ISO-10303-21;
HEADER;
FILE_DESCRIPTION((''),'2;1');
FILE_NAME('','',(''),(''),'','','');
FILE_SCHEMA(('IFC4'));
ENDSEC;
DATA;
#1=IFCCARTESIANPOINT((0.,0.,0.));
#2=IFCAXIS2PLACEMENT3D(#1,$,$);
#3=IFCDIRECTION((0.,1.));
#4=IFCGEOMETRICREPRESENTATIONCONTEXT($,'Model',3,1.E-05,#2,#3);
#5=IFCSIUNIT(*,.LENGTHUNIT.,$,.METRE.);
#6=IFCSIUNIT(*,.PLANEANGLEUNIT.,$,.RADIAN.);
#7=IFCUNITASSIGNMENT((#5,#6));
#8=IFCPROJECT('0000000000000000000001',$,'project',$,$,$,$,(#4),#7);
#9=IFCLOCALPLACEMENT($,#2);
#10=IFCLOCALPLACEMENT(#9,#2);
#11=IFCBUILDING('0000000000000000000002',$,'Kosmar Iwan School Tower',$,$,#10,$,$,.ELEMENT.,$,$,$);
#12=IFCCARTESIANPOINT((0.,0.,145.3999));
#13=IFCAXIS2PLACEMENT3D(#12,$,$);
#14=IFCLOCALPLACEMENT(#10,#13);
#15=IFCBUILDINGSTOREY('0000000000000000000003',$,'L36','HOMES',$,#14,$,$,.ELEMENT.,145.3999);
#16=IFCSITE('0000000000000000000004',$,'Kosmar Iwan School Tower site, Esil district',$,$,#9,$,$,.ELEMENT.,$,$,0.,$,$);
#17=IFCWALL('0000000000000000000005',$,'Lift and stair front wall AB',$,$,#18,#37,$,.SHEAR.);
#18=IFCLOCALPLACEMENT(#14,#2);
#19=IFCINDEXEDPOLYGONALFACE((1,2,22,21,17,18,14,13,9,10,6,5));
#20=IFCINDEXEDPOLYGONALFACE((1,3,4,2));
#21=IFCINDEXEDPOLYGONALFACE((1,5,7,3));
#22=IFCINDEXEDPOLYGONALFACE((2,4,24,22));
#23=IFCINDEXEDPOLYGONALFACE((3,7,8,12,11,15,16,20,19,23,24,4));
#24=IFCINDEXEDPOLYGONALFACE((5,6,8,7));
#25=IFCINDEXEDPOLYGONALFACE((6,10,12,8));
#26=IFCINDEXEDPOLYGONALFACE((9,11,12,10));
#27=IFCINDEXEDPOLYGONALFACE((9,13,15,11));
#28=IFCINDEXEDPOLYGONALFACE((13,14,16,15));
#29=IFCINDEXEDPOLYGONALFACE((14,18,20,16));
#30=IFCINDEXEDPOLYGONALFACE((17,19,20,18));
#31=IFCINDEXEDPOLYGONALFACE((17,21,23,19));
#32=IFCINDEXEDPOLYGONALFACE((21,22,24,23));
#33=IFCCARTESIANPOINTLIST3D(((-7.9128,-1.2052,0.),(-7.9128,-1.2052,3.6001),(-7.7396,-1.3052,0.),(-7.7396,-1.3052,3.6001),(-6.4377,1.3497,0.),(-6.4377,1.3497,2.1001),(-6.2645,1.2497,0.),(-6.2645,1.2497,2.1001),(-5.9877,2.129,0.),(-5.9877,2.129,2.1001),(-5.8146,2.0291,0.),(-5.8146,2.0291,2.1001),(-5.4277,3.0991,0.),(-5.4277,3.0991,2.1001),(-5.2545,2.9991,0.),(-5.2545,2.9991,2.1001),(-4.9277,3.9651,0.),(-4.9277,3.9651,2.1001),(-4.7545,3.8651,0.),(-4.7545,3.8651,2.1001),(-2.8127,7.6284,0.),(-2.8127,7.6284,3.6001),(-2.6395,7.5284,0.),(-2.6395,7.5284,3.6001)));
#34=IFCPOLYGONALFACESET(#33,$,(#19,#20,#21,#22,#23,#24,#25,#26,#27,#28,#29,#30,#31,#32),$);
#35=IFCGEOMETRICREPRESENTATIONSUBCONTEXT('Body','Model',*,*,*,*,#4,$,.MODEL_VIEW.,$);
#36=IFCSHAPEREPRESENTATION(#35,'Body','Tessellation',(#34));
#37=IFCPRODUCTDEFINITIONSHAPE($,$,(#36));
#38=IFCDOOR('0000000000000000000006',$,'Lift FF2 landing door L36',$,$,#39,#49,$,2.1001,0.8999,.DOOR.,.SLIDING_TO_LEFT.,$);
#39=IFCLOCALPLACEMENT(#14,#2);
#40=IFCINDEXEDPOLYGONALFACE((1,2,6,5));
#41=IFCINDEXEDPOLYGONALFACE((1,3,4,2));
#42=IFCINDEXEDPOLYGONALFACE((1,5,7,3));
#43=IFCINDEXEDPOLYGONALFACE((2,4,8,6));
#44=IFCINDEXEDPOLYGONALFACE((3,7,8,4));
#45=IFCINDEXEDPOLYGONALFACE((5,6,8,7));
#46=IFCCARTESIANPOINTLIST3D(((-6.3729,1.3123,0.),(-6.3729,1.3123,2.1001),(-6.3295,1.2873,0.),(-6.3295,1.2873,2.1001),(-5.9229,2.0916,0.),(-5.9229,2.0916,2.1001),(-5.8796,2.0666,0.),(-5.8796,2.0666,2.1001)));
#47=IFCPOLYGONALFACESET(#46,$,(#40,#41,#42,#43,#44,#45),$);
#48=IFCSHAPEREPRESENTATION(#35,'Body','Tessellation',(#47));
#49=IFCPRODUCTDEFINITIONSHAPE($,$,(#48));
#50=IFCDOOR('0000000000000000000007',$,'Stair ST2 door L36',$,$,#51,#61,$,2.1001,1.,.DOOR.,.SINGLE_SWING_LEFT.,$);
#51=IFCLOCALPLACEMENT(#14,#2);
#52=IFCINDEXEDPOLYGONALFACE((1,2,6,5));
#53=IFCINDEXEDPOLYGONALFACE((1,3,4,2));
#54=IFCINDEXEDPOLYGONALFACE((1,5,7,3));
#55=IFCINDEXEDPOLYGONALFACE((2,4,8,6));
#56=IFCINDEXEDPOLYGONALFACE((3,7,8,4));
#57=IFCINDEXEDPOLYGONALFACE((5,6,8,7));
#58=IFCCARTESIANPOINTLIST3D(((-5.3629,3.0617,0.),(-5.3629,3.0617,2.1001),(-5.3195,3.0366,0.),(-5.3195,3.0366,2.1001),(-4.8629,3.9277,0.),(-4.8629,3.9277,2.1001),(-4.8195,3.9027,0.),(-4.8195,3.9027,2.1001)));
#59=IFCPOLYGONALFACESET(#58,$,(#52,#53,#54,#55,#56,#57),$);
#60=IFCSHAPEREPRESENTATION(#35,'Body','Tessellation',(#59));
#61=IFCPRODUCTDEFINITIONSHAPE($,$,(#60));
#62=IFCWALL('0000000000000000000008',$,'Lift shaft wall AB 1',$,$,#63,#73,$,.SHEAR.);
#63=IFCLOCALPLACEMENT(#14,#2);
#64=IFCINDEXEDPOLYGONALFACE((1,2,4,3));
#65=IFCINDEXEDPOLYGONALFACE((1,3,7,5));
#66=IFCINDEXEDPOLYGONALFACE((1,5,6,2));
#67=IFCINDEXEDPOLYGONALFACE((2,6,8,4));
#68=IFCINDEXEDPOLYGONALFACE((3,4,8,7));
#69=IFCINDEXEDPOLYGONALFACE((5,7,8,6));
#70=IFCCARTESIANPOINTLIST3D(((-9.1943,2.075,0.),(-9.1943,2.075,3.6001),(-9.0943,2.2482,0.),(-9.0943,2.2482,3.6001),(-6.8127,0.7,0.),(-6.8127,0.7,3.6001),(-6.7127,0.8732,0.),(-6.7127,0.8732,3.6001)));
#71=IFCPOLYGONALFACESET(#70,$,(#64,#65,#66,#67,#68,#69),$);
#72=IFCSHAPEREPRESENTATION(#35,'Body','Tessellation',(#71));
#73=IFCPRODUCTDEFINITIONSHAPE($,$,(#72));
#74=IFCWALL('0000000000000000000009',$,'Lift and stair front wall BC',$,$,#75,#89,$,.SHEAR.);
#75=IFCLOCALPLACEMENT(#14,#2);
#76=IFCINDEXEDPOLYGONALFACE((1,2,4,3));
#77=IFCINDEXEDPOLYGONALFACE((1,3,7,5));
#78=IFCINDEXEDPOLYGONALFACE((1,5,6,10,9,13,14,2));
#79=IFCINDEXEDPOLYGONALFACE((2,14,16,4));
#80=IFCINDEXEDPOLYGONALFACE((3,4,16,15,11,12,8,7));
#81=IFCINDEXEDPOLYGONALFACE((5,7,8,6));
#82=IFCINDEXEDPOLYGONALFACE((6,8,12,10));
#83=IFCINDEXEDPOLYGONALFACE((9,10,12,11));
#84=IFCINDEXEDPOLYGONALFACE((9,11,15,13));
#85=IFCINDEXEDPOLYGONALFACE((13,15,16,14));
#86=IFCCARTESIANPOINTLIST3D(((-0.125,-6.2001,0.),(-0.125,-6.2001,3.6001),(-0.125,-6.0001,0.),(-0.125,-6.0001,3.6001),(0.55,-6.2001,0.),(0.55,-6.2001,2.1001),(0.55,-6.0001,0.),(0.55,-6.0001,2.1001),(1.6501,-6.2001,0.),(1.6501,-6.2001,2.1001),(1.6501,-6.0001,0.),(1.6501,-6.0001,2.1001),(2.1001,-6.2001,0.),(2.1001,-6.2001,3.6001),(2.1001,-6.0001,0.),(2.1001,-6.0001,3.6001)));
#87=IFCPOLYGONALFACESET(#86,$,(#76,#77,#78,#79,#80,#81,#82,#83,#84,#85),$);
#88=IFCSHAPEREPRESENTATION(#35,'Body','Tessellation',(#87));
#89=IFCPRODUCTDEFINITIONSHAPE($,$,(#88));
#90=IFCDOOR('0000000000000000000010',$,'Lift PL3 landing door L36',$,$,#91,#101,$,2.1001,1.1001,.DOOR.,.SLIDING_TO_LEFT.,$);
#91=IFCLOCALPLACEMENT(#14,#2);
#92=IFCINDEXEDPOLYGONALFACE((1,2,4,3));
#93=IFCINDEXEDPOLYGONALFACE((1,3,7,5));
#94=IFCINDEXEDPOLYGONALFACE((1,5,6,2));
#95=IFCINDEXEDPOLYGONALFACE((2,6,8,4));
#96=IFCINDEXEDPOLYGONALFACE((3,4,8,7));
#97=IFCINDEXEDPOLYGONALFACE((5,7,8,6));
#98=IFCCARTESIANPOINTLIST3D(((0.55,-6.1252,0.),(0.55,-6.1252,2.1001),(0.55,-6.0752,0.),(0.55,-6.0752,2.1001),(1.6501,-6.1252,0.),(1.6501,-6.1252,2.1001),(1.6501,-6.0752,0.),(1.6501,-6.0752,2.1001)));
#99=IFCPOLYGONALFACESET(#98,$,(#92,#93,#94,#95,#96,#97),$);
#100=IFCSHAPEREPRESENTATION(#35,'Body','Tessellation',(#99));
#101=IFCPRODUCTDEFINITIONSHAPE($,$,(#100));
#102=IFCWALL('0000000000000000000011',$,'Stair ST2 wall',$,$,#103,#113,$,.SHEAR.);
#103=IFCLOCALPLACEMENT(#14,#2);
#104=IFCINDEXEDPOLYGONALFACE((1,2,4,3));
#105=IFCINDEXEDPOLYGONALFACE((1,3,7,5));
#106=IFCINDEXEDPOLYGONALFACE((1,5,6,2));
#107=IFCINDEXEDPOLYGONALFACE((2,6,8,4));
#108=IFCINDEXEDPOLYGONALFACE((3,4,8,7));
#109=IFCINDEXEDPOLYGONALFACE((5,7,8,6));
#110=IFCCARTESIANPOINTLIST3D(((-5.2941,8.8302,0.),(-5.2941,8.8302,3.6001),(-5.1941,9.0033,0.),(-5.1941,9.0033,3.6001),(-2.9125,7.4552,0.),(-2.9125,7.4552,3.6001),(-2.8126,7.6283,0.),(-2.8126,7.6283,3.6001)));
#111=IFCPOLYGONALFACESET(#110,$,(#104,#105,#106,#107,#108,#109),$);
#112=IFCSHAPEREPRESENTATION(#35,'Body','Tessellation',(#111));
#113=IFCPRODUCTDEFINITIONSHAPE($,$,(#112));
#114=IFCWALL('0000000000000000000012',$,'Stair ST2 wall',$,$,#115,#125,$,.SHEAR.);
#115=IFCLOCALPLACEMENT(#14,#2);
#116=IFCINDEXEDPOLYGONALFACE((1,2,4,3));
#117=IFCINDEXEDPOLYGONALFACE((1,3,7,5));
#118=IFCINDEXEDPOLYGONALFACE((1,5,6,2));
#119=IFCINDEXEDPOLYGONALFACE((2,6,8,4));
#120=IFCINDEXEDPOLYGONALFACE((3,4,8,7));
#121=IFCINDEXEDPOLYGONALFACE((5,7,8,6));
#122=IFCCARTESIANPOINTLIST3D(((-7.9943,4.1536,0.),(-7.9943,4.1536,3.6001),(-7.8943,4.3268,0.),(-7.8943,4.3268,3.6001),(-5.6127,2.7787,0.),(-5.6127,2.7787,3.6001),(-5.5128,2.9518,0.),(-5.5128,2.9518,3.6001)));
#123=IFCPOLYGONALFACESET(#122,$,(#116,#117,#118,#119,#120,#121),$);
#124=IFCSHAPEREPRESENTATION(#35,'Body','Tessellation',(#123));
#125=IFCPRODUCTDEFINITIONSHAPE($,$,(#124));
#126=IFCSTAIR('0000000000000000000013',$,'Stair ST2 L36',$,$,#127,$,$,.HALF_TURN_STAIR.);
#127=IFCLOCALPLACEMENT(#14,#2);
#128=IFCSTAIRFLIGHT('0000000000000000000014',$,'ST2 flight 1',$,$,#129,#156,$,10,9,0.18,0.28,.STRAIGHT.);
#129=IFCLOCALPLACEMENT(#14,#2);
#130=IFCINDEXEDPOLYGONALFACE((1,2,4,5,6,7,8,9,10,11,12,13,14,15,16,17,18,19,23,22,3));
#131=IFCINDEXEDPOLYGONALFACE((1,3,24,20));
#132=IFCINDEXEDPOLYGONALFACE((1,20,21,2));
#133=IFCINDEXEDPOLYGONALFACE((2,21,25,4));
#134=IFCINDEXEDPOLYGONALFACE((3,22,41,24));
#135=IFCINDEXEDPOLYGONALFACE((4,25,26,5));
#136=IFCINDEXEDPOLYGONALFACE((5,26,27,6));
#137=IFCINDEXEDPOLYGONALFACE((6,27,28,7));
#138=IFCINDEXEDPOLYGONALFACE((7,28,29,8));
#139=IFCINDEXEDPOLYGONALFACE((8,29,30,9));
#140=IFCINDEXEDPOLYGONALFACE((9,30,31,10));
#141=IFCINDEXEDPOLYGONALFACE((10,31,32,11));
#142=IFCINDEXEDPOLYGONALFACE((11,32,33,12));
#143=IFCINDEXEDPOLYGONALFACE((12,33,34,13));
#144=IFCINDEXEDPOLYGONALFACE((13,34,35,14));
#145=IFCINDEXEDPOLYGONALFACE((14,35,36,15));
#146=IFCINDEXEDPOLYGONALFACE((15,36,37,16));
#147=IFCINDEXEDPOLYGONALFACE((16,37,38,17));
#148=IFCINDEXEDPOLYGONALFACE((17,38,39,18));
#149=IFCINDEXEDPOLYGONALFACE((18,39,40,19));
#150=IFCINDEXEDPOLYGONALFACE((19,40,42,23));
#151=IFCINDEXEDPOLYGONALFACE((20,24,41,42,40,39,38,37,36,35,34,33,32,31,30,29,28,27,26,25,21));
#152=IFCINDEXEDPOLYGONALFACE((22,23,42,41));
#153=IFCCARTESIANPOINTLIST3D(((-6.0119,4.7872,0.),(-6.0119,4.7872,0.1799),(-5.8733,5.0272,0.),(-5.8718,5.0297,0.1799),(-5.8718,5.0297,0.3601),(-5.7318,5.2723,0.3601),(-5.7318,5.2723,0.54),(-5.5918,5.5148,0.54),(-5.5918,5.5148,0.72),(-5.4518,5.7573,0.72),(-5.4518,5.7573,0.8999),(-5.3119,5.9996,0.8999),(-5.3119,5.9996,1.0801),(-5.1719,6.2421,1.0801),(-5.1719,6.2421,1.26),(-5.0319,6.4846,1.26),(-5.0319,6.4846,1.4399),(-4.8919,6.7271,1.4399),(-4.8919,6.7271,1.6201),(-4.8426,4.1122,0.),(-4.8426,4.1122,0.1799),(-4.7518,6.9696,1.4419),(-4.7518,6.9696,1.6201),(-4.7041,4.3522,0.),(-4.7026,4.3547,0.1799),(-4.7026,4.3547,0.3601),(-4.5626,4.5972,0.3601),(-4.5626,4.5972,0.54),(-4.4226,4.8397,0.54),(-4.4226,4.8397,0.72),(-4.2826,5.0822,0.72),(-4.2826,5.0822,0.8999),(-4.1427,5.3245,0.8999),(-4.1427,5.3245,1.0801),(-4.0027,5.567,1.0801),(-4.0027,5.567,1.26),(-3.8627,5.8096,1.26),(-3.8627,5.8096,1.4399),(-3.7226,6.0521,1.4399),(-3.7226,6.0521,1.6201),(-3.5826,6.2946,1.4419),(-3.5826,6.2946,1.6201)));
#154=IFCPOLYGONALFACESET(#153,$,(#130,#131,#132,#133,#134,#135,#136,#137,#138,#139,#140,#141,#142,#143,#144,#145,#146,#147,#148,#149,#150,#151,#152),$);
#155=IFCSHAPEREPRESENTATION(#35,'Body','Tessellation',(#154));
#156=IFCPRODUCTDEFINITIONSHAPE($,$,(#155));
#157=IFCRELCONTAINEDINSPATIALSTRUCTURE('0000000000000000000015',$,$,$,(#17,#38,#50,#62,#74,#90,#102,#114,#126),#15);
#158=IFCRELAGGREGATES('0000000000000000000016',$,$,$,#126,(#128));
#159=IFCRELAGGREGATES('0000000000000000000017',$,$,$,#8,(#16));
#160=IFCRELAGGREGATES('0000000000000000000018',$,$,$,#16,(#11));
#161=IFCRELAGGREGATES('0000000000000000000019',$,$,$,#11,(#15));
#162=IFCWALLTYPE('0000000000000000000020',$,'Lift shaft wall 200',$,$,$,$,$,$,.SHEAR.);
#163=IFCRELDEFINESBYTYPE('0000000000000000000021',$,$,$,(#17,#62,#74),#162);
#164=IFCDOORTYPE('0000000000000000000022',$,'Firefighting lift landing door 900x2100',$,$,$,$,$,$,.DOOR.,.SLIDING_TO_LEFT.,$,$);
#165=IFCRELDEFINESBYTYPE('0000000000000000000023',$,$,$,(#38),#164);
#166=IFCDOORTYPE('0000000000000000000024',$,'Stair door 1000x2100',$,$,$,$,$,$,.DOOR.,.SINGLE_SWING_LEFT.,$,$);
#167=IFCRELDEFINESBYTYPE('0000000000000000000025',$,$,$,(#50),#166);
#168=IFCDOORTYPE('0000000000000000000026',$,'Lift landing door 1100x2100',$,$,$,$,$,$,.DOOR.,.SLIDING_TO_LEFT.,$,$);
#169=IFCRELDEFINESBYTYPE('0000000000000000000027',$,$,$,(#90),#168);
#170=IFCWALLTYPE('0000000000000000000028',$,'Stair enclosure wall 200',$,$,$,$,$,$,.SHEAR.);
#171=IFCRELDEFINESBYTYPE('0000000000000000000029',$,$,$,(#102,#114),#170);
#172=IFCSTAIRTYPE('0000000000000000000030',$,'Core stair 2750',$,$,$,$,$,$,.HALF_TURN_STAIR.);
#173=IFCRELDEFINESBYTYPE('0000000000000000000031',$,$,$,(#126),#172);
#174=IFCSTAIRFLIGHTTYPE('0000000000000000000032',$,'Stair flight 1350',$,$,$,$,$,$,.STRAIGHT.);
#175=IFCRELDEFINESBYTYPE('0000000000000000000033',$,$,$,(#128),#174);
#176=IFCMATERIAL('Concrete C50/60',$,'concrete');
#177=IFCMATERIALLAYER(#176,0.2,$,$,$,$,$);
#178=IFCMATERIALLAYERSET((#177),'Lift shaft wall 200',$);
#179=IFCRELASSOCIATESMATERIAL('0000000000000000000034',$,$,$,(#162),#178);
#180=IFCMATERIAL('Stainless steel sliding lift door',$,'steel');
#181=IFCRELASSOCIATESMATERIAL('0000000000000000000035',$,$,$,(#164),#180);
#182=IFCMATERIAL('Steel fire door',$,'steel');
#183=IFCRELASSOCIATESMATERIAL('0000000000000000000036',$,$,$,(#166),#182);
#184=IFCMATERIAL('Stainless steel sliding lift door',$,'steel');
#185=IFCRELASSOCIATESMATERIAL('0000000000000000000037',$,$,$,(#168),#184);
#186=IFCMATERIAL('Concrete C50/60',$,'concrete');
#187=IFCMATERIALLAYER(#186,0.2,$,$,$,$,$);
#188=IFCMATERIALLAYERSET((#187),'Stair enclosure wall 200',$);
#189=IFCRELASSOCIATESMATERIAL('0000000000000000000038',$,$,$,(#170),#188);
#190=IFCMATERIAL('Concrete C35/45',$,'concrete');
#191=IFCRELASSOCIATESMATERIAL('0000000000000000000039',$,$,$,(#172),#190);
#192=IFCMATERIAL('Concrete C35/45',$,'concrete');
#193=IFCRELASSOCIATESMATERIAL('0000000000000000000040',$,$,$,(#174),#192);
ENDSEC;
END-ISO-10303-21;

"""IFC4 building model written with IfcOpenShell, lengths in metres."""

from ifc_helpers import new_model, si_unit, direction, frame, frame_2d, origin, place, context, subcontext, project, spatial, polyline, rectangle, outline, extrude, material, layer, layer_set, type_object, element, fill, aggregate, save


model = new_model("IFC4")

# Units and contexts
model_context = context("Model", 3, precision=1e-05, world=origin(), true_north=direction((0.0, 1.0)))
body_context = subcontext(model_context, "Body", "Model", "MODEL_VIEW")
ifc_project = project(units=[si_unit("LENGTHUNIT", "METRE"), si_unit("PLANEANGLEUNIT", "RADIAN")], contexts=[model_context])

# Site, building, storey
site_placement = place(None, origin())
site = spatial("IfcSite", under=ifc_project, at=site_placement, Name="Kosmar Iwan School Tower site, Esil district", CompositionType="ELEMENT", RefElevation=0.0)
building_placement = place(site_placement, origin())
building = spatial("IfcBuilding", under=site, at=building_placement, Name="Kosmar Iwan School Tower", CompositionType="ELEMENT")
storey_placement = place(building_placement, frame((0.0, 0.0, 145.3999)))
storey = spatial("IfcBuildingStorey", under=building, at=storey_placement, Name="L36", Description="HOMES", CompositionType="ELEMENT", Elevation=145.3999)

# Wall, openings, doors
ifc_material_1 = material(Name="Concrete C50/60", Category="concrete")
ifc_layer_1 = layer(ifc_material_1, 0.2)
ifc_layer_set_1 = layer_set([ifc_layer_1], Name="Lift shaft wall 200")
wall_type_1 = type_object("IfcWallType", Name="Lift shaft wall 200", PredefinedType="SHEAR", material=ifc_layer_set_1)
wall_1_placement = place(storey_placement, frame((-2.7261, 7.5784, 0.0), z_axis=(0.0, 0.0, 1.0), x_axis=(-0.500006, -0.866022, 0.0)))
wall_1 = element("IfcWall", 1, at=wall_1_placement, inside=storey, type_object=wall_type_1, Name="Lift and stair front wall AB", PredefinedType="SHEAR", context=body_context, shape_type="SweptSolid", body=[
    extrude(rectangle(XDim=10.2002, YDim=0.2, at=frame_2d((5.1001, 0.0))), origin(), (0.0, 0.0, 1.0), 3.6001),
])
opening_1_placement = place(wall_1_placement, frame((6.3501, 0.0, 0.0)))
opening_1 = element("IfcOpeningElement", 2, at=opening_1_placement, cuts=wall_1, PredefinedType="OPENING", context=body_context, shape_type="SweptSolid", body=[
    extrude(rectangle(XDim=0.8999, YDim=2.1001, at=frame_2d((0.45, 1.05))), frame((0.0, 0.1121, 0.0), z_axis=(0.0, -1.0, 0.0), x_axis=(1.0, 0.0, 0.0)), (0.0, 0.0, 1.0), 0.2239),
])
opening_2_placement = place(wall_1_placement, frame((4.23, 0.0, 0.0)))
opening_2 = element("IfcOpeningElement", 3, at=opening_2_placement, cuts=wall_1, PredefinedType="OPENING", context=body_context, shape_type="SweptSolid", body=[
    extrude(rectangle(XDim=1.0, YDim=2.1001, at=frame_2d((0.5, 1.05))), frame((0.0, 0.1121, 0.0), z_axis=(0.0, -1.0, 0.0), x_axis=(1.0, 0.0, 0.0)), (0.0, 0.0, 1.0), 0.2239),
])
ifc_material_2 = material(Name="Stainless steel sliding lift door", Category="steel")
door_type_1 = type_object("IfcDoorType", Name="Firefighting lift landing door 900x2100", OperationType="SLIDING_TO_LEFT", PredefinedType="DOOR", material=ifc_material_2)
door_1_placement = place(opening_1_placement, origin())
door_1 = element("IfcDoor", 4, at=door_1_placement, inside=storey, type_object=door_type_1, Name="Lift FF2 landing door L36", OperationType="SLIDING_TO_LEFT", OverallHeight=2.1001, OverallWidth=0.8999, PredefinedType="DOOR", context=body_context, shape_type="SweptSolid", body=[
    extrude(rectangle(XDim=0.8999, YDim=2.1001, at=frame_2d((0.45, 1.05))), frame((0.0, 0.0249, 0.0), z_axis=(0.0, -1.0, 0.0), x_axis=(1.0, 0.0, 0.0)), (0.0, 0.0, 1.0), 0.05),
])
fill(opening_1, door_1)
ifc_material_3 = material(Name="Steel fire door", Category="steel")
door_type_2 = type_object("IfcDoorType", Name="Stair door 1000x2100", OperationType="SINGLE_SWING_LEFT", PredefinedType="DOOR", material=ifc_material_3)
door_2_placement = place(opening_2_placement, origin())
door_2 = element("IfcDoor", 5, at=door_2_placement, inside=storey, type_object=door_type_2, Name="Stair ST2 door L36", OperationType="SINGLE_SWING_LEFT", OverallHeight=2.1001, OverallWidth=1.0, PredefinedType="DOOR", context=body_context, shape_type="SweptSolid", body=[
    extrude(rectangle(XDim=1.0, YDim=2.1001, at=frame_2d((0.5, 1.05))), frame((0.0, 0.0249, 0.0), z_axis=(0.0, -1.0, 0.0), x_axis=(1.0, 0.0, 0.0)), (0.0, 0.0, 1.0), 0.05),
])
fill(opening_2, door_2)

# Wall
wall_2_placement = place(storey_placement, frame((-6.7627, 0.7866, 0.0), z_axis=(0.0, 0.0, 1.0), x_axis=(-0.866027, 0.499997, 0.0)))
element("IfcWall", 6, at=wall_2_placement, inside=storey, type_object=wall_type_1, Name="Lift shaft wall AB 1", PredefinedType="SHEAR", context=body_context, shape_type="SweptSolid", body=[
    extrude(rectangle(XDim=2.75, YDim=0.2, at=frame_2d((1.375, 0.0))), origin(), (0.0, 0.0, 1.0), 3.6001),
])

# Wall, opening, door
wall_3_placement = place(storey_placement, frame((-0.125, -6.1001, 0.0), z_axis=(0.0, 0.0, 1.0), x_axis=(1.0, 0.0, 0.0)))
wall_3 = element("IfcWall", 7, at=wall_3_placement, inside=storey, type_object=wall_type_1, Name="Lift and stair front wall BC", PredefinedType="SHEAR", context=body_context, shape_type="SweptSolid", body=[
    extrude(rectangle(XDim=2.2251, YDim=0.2, at=frame_2d((1.1125, 0.0))), origin(), (0.0, 0.0, 1.0), 3.6001),
])
opening_3_placement = place(wall_3_placement, frame((0.675, 0.0, 0.0)))
opening_3 = element("IfcOpeningElement", 8, at=opening_3_placement, cuts=wall_3, PredefinedType="OPENING", context=body_context, shape_type="SweptSolid", body=[
    extrude(rectangle(XDim=1.1001, YDim=2.1001, at=frame_2d((0.55, 1.05))), frame((0.0, 0.1121, 0.0), z_axis=(0.0, -1.0, 0.0), x_axis=(1.0, 0.0, 0.0)), (0.0, 0.0, 1.0), 0.2239),
])
ifc_material_4 = material(Name="Stainless steel sliding lift door", Category="steel")
door_type_3 = type_object("IfcDoorType", Name="Lift landing door 1100x2100", OperationType="SLIDING_TO_LEFT", PredefinedType="DOOR", material=ifc_material_4)
door_3_placement = place(opening_3_placement, origin())
door_3 = element("IfcDoor", 9, at=door_3_placement, inside=storey, type_object=door_type_3, Name="Lift PL3 landing door L36", OperationType="SLIDING_TO_LEFT", OverallHeight=2.1001, OverallWidth=1.1001, PredefinedType="DOOR", context=body_context, shape_type="SweptSolid", body=[
    extrude(rectangle(XDim=1.1001, YDim=2.1001, at=frame_2d((0.55, 1.05))), frame((0.0, 0.0249, 0.0), z_axis=(0.0, -1.0, 0.0), x_axis=(1.0, 0.0, 0.0)), (0.0, 0.0, 1.0), 0.05),
])
fill(opening_3, door_3)

# Walls
ifc_material_5 = material(Name="Concrete C50/60", Category="concrete")
ifc_layer_2 = layer(ifc_material_5, 0.2)
ifc_layer_set_2 = layer_set([ifc_layer_2], Name="Stair enclosure wall 200")
wall_type_2 = type_object("IfcWallType", Name="Stair enclosure wall 200", PredefinedType="SHEAR", material=ifc_layer_set_2)
for number, where, z_axis, x_axis, name in (
    (10, (-2.8625, 7.5417, 0.0), (0.0, 0.0, 1.0), (-0.866027, 0.499997, 0.0), "Stair ST2 wall"),
    (11, (-5.5627, 2.8652, 0.0), (0.0, 0.0, 1.0), (-0.866027, 0.499997, 0.0), "Stair ST2 wall"),
):
    element("IfcWall", number, at=place(storey_placement, frame(where, z_axis=z_axis, x_axis=x_axis)), inside=storey, type_object=wall_type_2, Name=name, PredefinedType="SHEAR", context=body_context, shape_type="SweptSolid", body=[
        extrude(rectangle(XDim=2.75, YDim=0.2, at=frame_2d((1.375, 0.0))), origin(), (0.0, 0.0, 1.0), 3.6001),
    ])

# Stair, stair flight
ifc_material_6 = material(Name="Concrete C35/45", Category="concrete")
stair_type = type_object("IfcStairType", Name="Core stair 2750", PredefinedType="HALF_TURN_STAIR", material=ifc_material_6)
stair_placement = place(storey_placement, origin())
stair = element("IfcStair", 12, at=stair_placement, inside=storey, type_object=stair_type, Name="Stair ST2 L36", PredefinedType="HALF_TURN_STAIR")
ifc_material_7 = material(Name="Concrete C35/45", Category="concrete")
stair_flight_type = type_object("IfcStairFlightType", Name="Stair flight 1350", PredefinedType="STRAIGHT", material=ifc_material_7)
stair_flight_1_placement = place(storey_placement, frame((-5.4272, 4.4497, 0.0), z_axis=(0.0, 0.0, 1.0), x_axis=(0.5, 0.866025, 0.0)))
stair_flight_1 = element("IfcStairFlight", 13, at=stair_flight_1_placement, type_object=stair_flight_type, Name="ST2 flight 1", NumberOfRisers=10, NumberOfTreads=9, PredefinedType="STRAIGHT", RiserHeight=0.18, TreadLength=0.28, context=body_context, shape_type="SweptSolid", body=[
    extrude(outline(polyline([(0.0, 0.0), (0.0, 0.1799), (0.28, 0.1799), (0.28, 0.3601), (0.5601, 0.3601), (0.5601, 0.54), (0.8401, 0.54), (0.8401, 0.72), (1.1201, 0.72), (1.1201, 0.8999), (1.3999, 0.8999), (1.3999, 1.0801), (1.6799, 1.0801), (1.6799, 1.26), (1.96, 1.26), (1.96, 1.4399), (2.24, 1.4399), (2.24, 1.6201), (2.52, 1.6201), (2.52, 1.8), (2.52, 1.4419), (0.2771, 0.0), (0.0, 0.0)])), frame((0.0, 0.675, 0.0), z_axis=(0.0, -1.0, 0.0), x_axis=(1.0, 0.0, 0.0)), (0.0, 0.0, 1.0), 1.3501),
])
aggregate(stair, [stair_flight_1])

save(model, "model.ifc")
